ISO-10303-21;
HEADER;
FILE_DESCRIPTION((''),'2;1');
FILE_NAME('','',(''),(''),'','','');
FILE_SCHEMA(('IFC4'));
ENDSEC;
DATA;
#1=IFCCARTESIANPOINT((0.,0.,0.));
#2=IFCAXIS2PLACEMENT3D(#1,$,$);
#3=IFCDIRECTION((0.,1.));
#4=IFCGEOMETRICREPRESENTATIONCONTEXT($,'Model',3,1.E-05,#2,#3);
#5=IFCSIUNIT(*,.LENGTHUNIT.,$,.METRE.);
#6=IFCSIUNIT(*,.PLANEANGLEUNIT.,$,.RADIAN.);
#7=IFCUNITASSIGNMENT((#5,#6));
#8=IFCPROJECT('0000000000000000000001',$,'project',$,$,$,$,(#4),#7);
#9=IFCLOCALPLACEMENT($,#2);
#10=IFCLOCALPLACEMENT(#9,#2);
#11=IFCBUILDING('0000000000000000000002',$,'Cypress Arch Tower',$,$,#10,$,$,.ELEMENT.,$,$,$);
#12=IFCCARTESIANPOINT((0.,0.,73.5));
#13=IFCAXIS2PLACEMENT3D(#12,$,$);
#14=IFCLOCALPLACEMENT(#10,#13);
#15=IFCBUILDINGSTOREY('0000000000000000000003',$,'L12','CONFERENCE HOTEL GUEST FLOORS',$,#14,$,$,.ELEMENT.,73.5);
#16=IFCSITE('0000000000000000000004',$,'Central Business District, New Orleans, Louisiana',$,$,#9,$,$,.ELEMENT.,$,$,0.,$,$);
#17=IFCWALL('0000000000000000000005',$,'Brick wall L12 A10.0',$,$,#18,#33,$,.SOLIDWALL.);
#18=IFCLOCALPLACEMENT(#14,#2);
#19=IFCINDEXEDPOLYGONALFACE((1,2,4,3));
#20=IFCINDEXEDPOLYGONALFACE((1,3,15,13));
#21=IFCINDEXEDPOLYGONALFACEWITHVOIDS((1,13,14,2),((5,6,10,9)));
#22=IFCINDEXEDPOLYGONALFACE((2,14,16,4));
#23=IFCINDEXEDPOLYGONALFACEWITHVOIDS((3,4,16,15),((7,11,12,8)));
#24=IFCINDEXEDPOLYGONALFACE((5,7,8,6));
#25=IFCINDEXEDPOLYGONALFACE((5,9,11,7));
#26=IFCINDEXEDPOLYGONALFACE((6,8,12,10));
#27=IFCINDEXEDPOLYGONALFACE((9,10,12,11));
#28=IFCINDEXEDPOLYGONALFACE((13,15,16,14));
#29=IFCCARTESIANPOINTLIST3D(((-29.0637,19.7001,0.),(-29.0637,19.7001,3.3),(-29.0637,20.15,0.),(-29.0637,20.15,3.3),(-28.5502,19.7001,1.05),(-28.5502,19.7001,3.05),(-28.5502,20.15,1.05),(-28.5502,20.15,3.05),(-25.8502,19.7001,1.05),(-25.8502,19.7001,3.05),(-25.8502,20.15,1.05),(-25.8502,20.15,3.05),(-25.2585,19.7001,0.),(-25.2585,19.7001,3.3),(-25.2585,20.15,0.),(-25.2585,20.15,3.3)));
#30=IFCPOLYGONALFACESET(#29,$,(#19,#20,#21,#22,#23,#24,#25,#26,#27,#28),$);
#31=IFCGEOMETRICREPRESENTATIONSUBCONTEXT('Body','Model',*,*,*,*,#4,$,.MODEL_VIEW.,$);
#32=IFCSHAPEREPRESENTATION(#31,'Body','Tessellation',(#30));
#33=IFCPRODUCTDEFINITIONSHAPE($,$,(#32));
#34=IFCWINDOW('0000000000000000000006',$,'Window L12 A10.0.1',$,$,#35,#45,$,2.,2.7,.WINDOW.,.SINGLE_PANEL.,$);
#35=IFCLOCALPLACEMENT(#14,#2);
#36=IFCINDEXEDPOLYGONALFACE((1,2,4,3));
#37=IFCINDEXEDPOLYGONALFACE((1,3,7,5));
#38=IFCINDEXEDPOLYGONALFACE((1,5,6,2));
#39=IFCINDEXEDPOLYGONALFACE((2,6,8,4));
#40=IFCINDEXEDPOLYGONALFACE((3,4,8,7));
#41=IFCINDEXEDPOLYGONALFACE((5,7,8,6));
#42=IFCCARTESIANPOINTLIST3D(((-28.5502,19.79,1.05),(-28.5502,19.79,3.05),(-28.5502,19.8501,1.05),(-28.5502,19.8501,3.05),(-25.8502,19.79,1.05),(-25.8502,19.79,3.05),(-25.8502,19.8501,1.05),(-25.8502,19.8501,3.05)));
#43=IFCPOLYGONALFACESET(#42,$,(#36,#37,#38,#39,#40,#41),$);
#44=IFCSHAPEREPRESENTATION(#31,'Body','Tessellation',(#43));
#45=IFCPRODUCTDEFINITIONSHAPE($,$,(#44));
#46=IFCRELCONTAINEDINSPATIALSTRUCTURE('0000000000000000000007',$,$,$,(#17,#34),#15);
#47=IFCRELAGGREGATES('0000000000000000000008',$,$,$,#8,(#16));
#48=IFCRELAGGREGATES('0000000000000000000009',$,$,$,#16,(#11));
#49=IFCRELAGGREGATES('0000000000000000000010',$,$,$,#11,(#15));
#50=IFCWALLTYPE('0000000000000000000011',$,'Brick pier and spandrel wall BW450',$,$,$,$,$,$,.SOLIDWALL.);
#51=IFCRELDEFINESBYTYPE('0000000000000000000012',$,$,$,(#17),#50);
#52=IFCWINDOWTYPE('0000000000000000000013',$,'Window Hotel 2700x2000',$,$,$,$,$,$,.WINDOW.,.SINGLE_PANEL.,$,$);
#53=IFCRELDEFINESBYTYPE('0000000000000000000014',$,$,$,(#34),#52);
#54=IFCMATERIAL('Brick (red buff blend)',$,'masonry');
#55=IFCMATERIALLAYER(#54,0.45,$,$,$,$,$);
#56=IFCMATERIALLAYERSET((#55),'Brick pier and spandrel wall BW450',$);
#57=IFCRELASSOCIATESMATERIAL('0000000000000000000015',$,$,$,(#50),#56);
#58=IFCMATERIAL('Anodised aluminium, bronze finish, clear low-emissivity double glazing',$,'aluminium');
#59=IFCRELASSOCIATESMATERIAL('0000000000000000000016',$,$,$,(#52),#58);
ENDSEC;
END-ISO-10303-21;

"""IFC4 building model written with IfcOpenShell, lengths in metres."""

from ifc_helpers import new_model, si_unit, direction, frame, frame_2d, origin, place, context, subcontext, project, spatial, rectangle, extrude, material, layer, layer_set, type_object, element, fill, save


model = new_model("IFC4")

# Units and contexts
model_context = context("Model", 3, precision=1e-05, world=origin(), true_north=direction((0.0, 1.0)))
body_context = subcontext(model_context, "Body", "Model", "MODEL_VIEW")
ifc_project = project(units=[si_unit("LENGTHUNIT", "METRE"), si_unit("PLANEANGLEUNIT", "RADIAN")], contexts=[model_context])

# Site, building, storey
site_placement = place(None, origin())
site = spatial("IfcSite", under=ifc_project, at=site_placement, Name="Central Business District, New Orleans, Louisiana", CompositionType="ELEMENT", RefElevation=0.0)
building_placement = place(site_placement, origin())
building = spatial("IfcBuilding", under=site, at=building_placement, Name="Cypress Arch Tower", CompositionType="ELEMENT")
storey_placement = place(building_placement, frame((0.0, 0.0, 73.5)))
storey = spatial("IfcBuildingStorey", under=building, at=storey_placement, Name="L12", Description="CONFERENCE HOTEL GUEST FLOORS", CompositionType="ELEMENT", Elevation=73.5)

# Shared definitions
ifc_material_1 = material(Name="Brick (red buff blend)", Category="masonry")
ifc_layer = layer(ifc_material_1, 0.45)
ifc_layer_set = layer_set([ifc_layer], Name="Brick pier and spandrel wall BW450")
wall_type = type_object("IfcWallType", Name="Brick pier and spandrel wall BW450", PredefinedType="SOLIDWALL", material=ifc_layer_set)

# Wall, opening, window
wall_1_placement = place(storey_placement, frame((-25.2585, 19.925, 0.0), z_axis=(0.0, 0.0, 1.0), x_axis=(-1.0, 0.0, 0.0)))
wall_1 = element("IfcWall", 1, at=wall_1_placement, inside=storey, type_object=wall_type, Name="Brick wall L12 A10.0", PredefinedType="SOLIDWALL", context=body_context, shape_type="SweptSolid", body=[
    extrude(rectangle(XDim=3.8052, YDim=0.45, at=frame_2d((1.9026, 0.0))), origin(), (0.0, 0.0, 1.0), 3.3),
])
opening_1_placement = place(wall_1_placement, frame((0.5916, 0.0, 1.05)))
opening_1 = element("IfcOpeningElement", 2, at=opening_1_placement, cuts=wall_1, PredefinedType="OPENING", context=body_context, shape_type="SweptSolid", body=[
    extrude(rectangle(XDim=2.7, YDim=2.0, at=frame_2d((1.3501, 1.0))), frame((0.0, 0.2349, 0.0), z_axis=(0.0, -1.0, 0.0), x_axis=(1.0, 0.0, 0.0)), (0.0, 0.0, 1.0), 0.47),
])
ifc_material_2 = material(Name="Anodised aluminium, bronze finish, clear low-emissivity double glazing", Category="aluminium")
window_type_1 = type_object("IfcWindowType", Name="Window Hotel 2700x2000", PartitioningType="SINGLE_PANEL", PredefinedType="WINDOW", material=ifc_material_2)
window_1_placement = place(opening_1_placement, origin())
window_1 = element("IfcWindow", 3, at=window_1_placement, inside=storey, type_object=window_type_1, Name="Window L12 A10.0.1", OverallHeight=2.0, OverallWidth=2.7, PartitioningType="SINGLE_PANEL", PredefinedType="WINDOW", context=body_context, shape_type="SweptSolid", body=[
    extrude(rectangle(XDim=2.7, YDim=2.0, at=frame_2d((1.3501, 1.0))), frame((0.0, 0.135, 0.0), z_axis=(0.0, -1.0, 0.0), x_axis=(1.0, 0.0, 0.0)), (0.0, 0.0, 1.0), 0.0601),
])
fill(opening_1, window_1)

save(model, "model.ifc")
